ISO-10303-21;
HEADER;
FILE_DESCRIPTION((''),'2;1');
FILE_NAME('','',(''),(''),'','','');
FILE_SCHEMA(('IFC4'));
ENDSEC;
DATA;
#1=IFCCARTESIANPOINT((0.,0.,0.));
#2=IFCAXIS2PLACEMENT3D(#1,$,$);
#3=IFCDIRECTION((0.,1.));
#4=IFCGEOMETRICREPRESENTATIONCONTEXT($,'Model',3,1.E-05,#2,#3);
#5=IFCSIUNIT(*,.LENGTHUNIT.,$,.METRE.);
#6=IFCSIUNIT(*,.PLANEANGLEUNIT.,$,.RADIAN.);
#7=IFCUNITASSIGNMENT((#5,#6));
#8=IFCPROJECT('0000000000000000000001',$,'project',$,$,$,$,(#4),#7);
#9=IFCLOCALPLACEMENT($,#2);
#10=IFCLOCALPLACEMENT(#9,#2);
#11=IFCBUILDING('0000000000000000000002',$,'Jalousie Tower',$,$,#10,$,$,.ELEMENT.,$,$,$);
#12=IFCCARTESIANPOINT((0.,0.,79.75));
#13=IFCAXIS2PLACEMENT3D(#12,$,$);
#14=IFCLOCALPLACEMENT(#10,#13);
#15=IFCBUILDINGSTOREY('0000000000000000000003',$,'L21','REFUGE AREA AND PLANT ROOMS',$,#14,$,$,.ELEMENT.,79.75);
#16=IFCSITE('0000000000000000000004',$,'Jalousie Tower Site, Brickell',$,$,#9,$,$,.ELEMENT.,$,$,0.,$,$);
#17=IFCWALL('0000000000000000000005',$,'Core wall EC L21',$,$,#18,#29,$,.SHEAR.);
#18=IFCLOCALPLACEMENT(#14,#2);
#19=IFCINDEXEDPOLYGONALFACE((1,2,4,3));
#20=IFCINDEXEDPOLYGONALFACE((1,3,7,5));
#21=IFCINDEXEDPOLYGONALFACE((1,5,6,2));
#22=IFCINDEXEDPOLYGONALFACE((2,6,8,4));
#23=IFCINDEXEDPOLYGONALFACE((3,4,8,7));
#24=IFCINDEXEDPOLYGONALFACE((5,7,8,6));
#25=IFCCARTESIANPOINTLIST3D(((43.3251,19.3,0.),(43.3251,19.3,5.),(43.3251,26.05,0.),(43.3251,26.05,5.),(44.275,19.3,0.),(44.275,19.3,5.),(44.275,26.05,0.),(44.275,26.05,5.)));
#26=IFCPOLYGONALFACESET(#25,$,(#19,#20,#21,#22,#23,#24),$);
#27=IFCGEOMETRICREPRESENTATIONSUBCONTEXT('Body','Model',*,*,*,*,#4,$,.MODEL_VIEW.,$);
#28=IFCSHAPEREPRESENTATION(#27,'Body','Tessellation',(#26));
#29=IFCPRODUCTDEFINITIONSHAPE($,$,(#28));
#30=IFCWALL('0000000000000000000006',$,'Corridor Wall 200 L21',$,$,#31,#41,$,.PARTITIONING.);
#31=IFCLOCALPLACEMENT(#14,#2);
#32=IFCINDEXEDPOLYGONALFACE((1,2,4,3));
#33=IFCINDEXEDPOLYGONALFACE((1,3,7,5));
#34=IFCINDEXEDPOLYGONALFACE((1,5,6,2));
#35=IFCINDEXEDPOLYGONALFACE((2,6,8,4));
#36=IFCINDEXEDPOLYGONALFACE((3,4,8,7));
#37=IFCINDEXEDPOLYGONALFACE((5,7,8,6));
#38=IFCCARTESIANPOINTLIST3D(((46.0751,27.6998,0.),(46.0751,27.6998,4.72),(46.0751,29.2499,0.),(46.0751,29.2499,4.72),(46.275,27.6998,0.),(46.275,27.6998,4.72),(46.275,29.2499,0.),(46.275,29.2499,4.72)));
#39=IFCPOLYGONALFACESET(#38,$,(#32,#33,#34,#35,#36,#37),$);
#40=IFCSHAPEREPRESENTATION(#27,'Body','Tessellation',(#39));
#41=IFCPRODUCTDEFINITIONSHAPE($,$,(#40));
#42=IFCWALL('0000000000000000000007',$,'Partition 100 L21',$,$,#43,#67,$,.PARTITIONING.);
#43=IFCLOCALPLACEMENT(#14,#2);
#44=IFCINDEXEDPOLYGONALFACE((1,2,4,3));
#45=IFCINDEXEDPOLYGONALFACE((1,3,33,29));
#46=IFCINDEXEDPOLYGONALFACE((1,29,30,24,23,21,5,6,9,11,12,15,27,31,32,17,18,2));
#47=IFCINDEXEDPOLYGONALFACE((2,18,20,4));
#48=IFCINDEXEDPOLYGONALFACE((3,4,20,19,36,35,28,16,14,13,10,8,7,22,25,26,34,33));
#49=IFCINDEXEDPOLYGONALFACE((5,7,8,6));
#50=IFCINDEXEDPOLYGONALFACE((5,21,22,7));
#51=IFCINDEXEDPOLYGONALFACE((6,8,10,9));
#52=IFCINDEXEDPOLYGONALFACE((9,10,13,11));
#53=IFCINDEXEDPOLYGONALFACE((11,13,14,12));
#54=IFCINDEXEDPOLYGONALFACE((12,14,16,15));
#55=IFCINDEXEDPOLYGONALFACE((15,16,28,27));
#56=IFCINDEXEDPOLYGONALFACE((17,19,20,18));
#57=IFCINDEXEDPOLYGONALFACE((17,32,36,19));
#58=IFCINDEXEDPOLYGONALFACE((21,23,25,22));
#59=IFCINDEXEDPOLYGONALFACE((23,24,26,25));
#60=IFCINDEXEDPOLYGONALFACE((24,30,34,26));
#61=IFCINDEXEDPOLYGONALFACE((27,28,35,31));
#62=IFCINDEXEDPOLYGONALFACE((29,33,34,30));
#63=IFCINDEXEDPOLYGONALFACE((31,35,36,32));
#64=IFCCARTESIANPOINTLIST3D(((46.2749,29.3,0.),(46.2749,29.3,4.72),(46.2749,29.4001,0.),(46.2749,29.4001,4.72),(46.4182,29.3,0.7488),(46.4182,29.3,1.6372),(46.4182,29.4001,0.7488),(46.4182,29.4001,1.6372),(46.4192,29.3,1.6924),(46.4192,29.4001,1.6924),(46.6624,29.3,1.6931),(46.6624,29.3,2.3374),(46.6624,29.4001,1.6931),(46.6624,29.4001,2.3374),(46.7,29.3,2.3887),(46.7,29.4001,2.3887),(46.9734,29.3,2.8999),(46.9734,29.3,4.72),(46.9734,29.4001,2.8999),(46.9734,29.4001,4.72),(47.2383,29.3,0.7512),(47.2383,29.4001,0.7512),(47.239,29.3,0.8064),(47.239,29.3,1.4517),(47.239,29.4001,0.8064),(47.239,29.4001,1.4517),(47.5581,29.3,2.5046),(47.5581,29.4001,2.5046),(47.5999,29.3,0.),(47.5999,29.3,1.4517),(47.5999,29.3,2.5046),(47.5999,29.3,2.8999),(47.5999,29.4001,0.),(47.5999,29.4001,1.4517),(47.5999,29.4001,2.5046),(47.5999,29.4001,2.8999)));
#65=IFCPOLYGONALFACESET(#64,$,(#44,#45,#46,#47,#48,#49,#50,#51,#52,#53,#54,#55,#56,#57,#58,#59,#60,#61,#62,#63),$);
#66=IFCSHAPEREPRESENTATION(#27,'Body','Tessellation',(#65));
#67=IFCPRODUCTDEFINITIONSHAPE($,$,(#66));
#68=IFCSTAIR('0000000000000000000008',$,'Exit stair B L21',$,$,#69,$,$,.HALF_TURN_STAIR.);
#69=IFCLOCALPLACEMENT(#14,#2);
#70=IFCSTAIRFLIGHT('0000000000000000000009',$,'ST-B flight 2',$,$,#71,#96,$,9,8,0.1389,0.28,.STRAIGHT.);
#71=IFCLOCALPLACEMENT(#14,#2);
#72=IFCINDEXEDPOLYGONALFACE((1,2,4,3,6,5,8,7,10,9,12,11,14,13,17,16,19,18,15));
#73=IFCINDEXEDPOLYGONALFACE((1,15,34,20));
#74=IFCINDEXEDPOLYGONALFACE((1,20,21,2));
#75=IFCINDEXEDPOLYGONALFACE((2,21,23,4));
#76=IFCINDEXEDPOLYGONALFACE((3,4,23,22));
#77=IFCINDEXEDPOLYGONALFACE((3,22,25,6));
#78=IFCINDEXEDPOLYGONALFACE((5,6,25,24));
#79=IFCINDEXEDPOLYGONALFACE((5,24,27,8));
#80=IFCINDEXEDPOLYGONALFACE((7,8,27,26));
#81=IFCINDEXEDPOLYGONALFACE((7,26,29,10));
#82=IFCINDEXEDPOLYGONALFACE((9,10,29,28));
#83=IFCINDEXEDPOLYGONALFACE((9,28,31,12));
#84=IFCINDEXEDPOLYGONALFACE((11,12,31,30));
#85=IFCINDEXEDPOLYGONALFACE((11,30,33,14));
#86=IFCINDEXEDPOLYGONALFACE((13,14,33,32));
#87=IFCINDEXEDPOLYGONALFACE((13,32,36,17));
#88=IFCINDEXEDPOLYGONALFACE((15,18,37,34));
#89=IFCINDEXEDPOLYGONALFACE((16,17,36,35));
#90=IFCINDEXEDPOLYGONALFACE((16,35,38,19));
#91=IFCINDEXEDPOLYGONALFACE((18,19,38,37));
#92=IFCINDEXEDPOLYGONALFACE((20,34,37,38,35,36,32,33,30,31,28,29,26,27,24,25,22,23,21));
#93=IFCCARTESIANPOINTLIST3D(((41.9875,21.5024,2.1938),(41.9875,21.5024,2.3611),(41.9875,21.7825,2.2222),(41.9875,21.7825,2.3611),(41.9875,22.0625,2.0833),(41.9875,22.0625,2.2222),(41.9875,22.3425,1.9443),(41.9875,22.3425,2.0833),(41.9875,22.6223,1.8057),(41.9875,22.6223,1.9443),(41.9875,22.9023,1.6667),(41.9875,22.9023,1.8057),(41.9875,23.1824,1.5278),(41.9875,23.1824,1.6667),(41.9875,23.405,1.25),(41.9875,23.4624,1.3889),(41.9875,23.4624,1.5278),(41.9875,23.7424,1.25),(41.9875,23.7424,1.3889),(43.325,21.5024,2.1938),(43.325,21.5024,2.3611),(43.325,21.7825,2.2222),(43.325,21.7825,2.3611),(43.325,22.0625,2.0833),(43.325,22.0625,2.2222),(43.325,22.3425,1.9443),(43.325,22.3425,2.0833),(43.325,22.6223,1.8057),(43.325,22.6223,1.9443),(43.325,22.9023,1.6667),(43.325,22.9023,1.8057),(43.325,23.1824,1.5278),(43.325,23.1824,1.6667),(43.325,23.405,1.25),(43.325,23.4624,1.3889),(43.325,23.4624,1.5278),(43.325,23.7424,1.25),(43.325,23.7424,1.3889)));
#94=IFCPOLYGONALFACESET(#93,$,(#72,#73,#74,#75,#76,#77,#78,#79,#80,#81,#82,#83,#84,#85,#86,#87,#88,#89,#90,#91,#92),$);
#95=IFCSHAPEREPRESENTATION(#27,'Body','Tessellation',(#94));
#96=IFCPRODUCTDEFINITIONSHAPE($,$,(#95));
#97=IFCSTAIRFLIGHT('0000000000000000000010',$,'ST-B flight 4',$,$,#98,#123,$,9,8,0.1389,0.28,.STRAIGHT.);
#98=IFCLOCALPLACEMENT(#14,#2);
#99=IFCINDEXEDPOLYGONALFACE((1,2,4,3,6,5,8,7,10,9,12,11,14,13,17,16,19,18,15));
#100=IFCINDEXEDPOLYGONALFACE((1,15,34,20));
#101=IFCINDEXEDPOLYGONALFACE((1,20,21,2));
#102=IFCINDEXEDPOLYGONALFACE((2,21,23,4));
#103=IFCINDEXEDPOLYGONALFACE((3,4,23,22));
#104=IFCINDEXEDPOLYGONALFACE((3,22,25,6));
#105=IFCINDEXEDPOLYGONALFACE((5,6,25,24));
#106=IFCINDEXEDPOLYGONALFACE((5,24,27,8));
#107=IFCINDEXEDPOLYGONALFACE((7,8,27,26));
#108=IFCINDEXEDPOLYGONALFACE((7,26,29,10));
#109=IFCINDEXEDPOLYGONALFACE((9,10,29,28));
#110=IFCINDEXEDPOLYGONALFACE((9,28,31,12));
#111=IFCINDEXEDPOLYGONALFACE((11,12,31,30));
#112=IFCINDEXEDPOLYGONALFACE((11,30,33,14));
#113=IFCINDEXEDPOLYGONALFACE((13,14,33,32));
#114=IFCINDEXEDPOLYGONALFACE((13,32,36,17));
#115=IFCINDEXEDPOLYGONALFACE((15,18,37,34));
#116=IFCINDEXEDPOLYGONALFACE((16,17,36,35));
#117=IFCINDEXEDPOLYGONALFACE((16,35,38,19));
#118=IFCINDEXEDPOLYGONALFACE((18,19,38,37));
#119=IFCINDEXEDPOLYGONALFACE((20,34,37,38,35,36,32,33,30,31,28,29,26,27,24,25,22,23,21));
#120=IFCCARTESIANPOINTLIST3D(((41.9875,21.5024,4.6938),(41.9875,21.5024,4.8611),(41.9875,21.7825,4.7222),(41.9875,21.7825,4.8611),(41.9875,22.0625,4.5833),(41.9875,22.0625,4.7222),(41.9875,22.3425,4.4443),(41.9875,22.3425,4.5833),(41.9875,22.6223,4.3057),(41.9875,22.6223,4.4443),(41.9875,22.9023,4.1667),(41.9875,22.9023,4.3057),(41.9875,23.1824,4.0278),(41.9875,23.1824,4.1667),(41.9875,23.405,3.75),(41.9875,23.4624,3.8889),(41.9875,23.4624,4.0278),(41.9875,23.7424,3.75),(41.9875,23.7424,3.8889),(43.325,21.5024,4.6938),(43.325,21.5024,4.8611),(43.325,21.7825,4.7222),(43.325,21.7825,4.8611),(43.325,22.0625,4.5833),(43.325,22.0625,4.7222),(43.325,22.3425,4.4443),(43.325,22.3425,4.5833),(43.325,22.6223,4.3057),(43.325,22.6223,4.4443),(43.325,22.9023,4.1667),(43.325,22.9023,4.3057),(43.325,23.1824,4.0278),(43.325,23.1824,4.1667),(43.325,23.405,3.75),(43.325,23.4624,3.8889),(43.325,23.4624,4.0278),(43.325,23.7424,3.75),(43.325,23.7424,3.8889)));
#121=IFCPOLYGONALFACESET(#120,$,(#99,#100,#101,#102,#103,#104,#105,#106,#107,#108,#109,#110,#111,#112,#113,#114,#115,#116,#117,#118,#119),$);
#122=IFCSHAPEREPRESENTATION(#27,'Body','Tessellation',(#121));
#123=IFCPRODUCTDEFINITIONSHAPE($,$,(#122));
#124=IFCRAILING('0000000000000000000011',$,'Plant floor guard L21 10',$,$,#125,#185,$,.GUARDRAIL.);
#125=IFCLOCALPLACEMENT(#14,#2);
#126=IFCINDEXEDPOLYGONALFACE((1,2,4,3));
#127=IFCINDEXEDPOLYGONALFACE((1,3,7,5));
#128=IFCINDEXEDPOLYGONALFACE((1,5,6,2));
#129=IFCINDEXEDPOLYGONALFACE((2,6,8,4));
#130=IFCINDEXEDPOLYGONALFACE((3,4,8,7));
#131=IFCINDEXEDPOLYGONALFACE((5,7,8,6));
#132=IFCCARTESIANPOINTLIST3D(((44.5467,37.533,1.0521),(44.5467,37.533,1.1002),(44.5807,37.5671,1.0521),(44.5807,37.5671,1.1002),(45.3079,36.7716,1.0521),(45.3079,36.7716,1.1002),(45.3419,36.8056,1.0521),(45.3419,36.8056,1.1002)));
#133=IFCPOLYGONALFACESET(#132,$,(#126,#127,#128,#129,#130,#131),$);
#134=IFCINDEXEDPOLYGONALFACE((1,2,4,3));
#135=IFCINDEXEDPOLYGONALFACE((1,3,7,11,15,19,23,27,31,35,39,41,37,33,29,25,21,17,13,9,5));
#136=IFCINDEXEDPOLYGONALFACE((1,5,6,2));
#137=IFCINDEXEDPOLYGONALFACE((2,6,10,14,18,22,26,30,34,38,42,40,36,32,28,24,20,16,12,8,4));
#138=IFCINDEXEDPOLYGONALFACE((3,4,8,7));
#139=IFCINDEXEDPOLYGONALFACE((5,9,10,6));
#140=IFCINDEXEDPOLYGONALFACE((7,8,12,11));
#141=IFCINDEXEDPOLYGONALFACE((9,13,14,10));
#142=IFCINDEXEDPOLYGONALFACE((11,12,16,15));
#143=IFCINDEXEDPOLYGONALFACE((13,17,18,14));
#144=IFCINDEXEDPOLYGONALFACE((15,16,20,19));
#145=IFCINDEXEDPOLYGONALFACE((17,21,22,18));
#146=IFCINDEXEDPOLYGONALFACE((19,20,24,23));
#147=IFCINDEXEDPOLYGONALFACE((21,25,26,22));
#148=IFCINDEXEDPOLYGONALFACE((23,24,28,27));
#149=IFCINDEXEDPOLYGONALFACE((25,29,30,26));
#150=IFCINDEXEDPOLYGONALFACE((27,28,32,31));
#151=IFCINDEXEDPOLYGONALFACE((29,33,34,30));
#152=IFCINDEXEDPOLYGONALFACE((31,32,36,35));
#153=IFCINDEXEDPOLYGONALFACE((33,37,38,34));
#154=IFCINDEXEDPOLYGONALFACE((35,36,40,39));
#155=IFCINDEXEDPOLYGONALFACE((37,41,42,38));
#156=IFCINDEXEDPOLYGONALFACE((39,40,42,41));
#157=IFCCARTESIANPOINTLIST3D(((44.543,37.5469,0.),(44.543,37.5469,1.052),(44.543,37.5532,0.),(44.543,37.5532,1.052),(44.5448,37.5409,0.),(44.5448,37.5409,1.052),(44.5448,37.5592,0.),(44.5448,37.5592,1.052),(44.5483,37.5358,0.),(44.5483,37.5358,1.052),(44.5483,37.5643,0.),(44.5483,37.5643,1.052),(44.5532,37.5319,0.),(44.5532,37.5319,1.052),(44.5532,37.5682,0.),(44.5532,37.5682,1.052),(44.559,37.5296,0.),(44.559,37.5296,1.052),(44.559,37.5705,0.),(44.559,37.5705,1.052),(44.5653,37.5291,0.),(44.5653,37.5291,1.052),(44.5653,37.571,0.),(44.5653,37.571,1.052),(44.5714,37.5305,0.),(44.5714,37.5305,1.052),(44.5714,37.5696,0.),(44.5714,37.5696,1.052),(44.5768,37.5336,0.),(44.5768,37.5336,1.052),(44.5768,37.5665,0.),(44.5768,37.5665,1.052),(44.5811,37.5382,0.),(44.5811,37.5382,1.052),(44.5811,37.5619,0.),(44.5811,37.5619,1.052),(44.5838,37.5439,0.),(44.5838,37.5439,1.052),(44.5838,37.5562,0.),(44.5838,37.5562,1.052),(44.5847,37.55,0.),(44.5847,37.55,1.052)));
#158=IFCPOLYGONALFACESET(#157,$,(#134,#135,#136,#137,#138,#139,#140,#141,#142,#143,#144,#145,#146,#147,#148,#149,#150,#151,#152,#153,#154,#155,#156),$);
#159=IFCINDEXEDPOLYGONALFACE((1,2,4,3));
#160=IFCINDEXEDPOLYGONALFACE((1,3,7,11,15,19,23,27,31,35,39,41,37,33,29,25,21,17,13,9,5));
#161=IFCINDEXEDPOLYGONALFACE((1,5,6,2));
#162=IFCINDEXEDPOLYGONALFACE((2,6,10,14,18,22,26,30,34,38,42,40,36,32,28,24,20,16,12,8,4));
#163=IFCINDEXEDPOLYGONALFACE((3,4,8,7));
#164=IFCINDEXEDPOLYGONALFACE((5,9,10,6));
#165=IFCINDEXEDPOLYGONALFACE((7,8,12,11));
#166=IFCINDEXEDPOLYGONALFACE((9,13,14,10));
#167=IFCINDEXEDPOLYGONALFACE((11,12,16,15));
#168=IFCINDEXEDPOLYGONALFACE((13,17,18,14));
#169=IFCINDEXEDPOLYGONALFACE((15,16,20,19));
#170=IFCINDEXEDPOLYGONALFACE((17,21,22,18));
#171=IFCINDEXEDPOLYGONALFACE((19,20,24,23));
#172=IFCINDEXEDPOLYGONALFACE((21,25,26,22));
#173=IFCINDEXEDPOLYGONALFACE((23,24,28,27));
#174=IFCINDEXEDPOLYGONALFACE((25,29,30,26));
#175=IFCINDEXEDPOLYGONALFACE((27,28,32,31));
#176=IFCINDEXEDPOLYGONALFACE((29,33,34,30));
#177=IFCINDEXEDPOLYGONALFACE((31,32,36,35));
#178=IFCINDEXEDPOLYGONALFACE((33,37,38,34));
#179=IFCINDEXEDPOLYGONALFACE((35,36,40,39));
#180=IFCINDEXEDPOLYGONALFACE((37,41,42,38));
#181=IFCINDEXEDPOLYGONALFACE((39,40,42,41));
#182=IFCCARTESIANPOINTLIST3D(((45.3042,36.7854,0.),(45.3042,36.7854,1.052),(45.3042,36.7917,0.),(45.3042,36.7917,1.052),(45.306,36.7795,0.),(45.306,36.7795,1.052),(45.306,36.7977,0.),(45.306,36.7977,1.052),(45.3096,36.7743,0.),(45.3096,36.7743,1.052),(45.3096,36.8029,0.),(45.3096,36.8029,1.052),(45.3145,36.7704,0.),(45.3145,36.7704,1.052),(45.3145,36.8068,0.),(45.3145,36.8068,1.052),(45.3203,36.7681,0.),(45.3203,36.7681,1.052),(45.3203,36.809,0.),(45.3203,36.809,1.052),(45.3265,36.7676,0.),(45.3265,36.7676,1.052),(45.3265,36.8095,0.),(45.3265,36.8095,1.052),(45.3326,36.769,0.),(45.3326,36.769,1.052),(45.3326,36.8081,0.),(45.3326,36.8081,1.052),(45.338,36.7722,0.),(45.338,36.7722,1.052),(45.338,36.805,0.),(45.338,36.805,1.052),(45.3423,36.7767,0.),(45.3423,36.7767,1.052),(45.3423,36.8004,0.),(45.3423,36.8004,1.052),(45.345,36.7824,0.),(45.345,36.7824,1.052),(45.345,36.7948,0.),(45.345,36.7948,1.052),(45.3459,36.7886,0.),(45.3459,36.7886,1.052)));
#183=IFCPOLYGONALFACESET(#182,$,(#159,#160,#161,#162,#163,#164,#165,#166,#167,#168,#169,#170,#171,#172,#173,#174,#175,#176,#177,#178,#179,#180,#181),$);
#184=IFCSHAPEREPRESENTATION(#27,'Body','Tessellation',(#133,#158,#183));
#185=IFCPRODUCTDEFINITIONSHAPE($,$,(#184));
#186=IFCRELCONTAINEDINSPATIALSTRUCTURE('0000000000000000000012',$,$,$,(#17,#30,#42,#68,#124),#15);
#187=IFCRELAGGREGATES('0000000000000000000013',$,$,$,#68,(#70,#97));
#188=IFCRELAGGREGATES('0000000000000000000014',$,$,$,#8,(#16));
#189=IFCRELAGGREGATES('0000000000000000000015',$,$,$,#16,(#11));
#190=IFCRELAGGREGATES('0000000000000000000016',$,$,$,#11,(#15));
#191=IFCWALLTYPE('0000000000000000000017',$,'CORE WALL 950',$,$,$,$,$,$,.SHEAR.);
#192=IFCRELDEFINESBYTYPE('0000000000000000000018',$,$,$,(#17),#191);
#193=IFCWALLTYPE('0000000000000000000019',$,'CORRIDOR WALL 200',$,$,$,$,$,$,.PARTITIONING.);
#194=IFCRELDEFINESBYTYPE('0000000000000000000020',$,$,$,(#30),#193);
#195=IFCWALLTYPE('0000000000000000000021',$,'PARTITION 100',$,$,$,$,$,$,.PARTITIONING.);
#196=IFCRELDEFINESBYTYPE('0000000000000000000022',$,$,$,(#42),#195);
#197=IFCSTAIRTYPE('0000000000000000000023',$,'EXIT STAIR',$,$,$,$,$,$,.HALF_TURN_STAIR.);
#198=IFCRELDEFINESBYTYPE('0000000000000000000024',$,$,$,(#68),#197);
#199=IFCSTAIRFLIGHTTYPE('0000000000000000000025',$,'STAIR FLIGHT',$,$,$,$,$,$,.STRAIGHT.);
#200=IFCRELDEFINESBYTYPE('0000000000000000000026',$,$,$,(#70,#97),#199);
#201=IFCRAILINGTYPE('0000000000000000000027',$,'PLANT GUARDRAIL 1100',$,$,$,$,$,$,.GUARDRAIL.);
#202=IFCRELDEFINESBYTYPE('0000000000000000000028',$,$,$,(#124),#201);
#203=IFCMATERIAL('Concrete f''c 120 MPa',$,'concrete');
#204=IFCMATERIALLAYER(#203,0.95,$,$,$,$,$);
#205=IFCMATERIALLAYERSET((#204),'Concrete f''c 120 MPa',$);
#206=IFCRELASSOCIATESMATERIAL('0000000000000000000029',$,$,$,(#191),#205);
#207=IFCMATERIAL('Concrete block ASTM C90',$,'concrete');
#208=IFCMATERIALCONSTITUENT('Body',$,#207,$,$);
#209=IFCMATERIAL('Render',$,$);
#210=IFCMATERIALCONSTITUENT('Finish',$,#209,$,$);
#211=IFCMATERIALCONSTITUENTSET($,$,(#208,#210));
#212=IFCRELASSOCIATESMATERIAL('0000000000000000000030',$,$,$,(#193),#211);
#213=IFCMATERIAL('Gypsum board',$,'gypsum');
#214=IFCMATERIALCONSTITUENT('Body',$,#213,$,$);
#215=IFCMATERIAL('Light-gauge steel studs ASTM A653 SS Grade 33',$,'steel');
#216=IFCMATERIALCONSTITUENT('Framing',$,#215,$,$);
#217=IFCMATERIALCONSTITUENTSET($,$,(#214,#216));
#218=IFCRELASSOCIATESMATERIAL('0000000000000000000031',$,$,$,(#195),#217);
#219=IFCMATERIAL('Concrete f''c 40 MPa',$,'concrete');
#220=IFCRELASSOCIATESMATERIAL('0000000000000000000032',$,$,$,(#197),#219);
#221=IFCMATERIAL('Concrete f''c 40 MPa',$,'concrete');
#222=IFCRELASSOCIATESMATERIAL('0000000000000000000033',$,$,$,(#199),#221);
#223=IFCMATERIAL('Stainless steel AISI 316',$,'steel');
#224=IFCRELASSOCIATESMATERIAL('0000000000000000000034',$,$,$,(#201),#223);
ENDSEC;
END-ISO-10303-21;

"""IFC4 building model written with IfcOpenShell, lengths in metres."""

from ifc_helpers import new_model, si_unit, direction, frame, frame_2d, origin, origin_2d, place, context, subcontext, project, spatial, polyline, rectangle, circle, outline, extrude, material, layer, layer_set, constituent, constituent_set, type_object, element, aggregate, save


model = new_model("IFC4")

# Units and contexts
model_context = context("Model", 3, precision=1e-05, world=origin(), true_north=direction((0.0, 1.0)))
body_context = subcontext(model_context, "Body", "Model", "MODEL_VIEW")
ifc_project = project(units=[si_unit("LENGTHUNIT", "METRE"), si_unit("PLANEANGLEUNIT", "RADIAN")], contexts=[model_context])

# Site, building, storey
site_placement = place(None, origin())
site = spatial("IfcSite", under=ifc_project, at=site_placement, Name="Jalousie Tower Site, Brickell", CompositionType="ELEMENT", RefElevation=0.0)
building_placement = place(site_placement, origin())
building = spatial("IfcBuilding", under=site, at=building_placement, Name="Jalousie Tower", CompositionType="ELEMENT")
storey_placement = place(building_placement, frame((0.0, 0.0, 79.75)))
storey = spatial("IfcBuildingStorey", under=building, at=storey_placement, Name="L21", Description="REFUGE AREA AND PLANT ROOMS", CompositionType="ELEMENT", Elevation=79.75)

# Walls
ifc_material_1 = material(Name="Concrete f'c 120 MPa", Category="concrete")
ifc_layer_1 = layer(ifc_material_1, 0.95)
ifc_layer_set_1 = layer_set([ifc_layer_1], Name="Concrete f'c 120 MPa")
wall_type_1 = type_object("IfcWallType", Name="CORE WALL 950", PredefinedType="SHEAR", material=ifc_layer_set_1)
wall_1_placement = place(storey_placement, frame((43.8, 19.3, 0.0), z_axis=(0.0, 0.0, 1.0), x_axis=(0.0, 1.0, 0.0)))
element("IfcWall", 1, at=wall_1_placement, inside=storey, type_object=wall_type_1, Name="Core wall EC L21", PredefinedType="SHEAR", context=body_context, shape_type="SweptSolid", body=[
    extrude(rectangle(XDim=6.75, YDim=0.95, at=frame_2d((3.375, 0.0))), origin(), (0.0, 0.0, 1.0), 5.0),
])
ifc_material_2 = material(Name="Concrete block ASTM C90", Category="concrete")
ifc_constituent_1 = constituent(ifc_material_2, Name="Body")
ifc_material_3 = material(Name="Render")
ifc_constituent_2 = constituent(ifc_material_3, Name="Finish")
ifc_constituent_set_1 = constituent_set(constituents=[ifc_constituent_1, ifc_constituent_2])
wall_type_2 = type_object("IfcWallType", Name="CORRIDOR WALL 200", PredefinedType="PARTITIONING", material=ifc_constituent_set_1)
wall_2_placement = place(storey_placement, frame((46.175, 27.7, 0.0), z_axis=(0.0, 0.0, 1.0), x_axis=(0.0, 1.0, 0.0)))
element("IfcWall", 2, at=wall_2_placement, inside=storey, type_object=wall_type_2, Name="Corridor Wall 200 L21", PredefinedType="PARTITIONING", context=body_context, shape_type="SweptSolid", body=[
    extrude(rectangle(XDim=1.55, YDim=0.2, at=frame_2d((0.7749, 0.0))), origin(), (0.0, 0.0, 1.0), 4.72),
])
ifc_material_4 = material(Name="Gypsum board", Category="gypsum")
ifc_constituent_3 = constituent(ifc_material_4, Name="Body")
ifc_material_5 = material(Name="Light-gauge steel studs ASTM A653 SS Grade 33", Category="steel")
ifc_constituent_4 = constituent(ifc_material_5, Name="Framing")
ifc_constituent_set_2 = constituent_set(constituents=[ifc_constituent_3, ifc_constituent_4])
wall_type_3 = type_object("IfcWallType", Name="PARTITION 100", PredefinedType="PARTITIONING", material=ifc_constituent_set_2)
wall_3_placement = place(storey_placement, frame((46.2749, 29.3501, 0.0), z_axis=(0.0, 0.0, 1.0), x_axis=(1.0, 0.0, 0.0)))
element("IfcWall", 3, at=wall_3_placement, inside=storey, type_object=wall_type_3, Name="Partition 100 L21", PredefinedType="PARTITIONING", context=body_context, shape_type="SweptSolid", body=[
    extrude(outline(polyline([(0.6985, 4.72), (0.0, 4.72), (0.0, 0.0), (1.325, 0.0), (1.325, 1.4517), (0.9641, 1.4517), (0.9641, 0.8064), (0.9634, 0.7512), (0.1433, 0.7488), (0.1433, 1.6372), (0.1443, 1.6924), (0.3875, 1.6931), (0.3875, 2.3374), (0.425, 2.3887), (1.2832, 2.5046), (1.325, 2.5046), (1.325, 2.8999), (0.6985, 2.8999), (0.6985, 4.72)])), frame((0.0, 0.05, 0.0), z_axis=(0.0, -1.0, 0.0), x_axis=(1.0, 0.0, 0.0)), (0.0, 0.0, 1.0), 0.1001),
])

# Stair, stair flights
ifc_material_6 = material(Name="Concrete f'c 40 MPa", Category="concrete")
stair_type = type_object("IfcStairType", Name="EXIT STAIR", PredefinedType="HALF_TURN_STAIR", material=ifc_material_6)
stair_placement = place(storey_placement, origin())
stair = element("IfcStair", 4, at=stair_placement, inside=storey, type_object=stair_type, Name="Exit stair B L21", PredefinedType="HALF_TURN_STAIR")
ifc_material_7 = material(Name="Concrete f'c 40 MPa", Category="concrete")
stair_flight_type = type_object("IfcStairFlightType", Name="STAIR FLIGHT", PredefinedType="STRAIGHT", material=ifc_material_7)
stair_flight_1_placement = place(storey_placement, frame((42.6562, 23.7424, 1.25), z_axis=(0.0, 0.0, 1.0), x_axis=(0.0, -1.0, 0.0)))
stair_flight_1 = element("IfcStairFlight", 5, at=stair_flight_1_placement, type_object=stair_flight_type, Name="ST-B flight 2", NumberOfRisers=9, NumberOfTreads=8, PredefinedType="STRAIGHT", RiserHeight=0.1389, TreadLength=0.28, context=body_context, shape_type="SweptSolid", body=[
    extrude(outline(polyline([(0.0, 0.0), (0.0, 0.1389), (0.28, 0.1389), (0.28, 0.2778), (0.5601, 0.2778), (0.5601, 0.4167), (0.8401, 0.4167), (0.8401, 0.5557), (1.1201, 0.5557), (1.1201, 0.6943), (1.3999, 0.6943), (1.3999, 0.8333), (1.6799, 0.8333), (1.6799, 0.9722), (1.96, 0.9722), (1.96, 1.1111), (2.24, 1.1111), (2.24, 1.25), (2.24, 0.9438), (0.3374, 0.0), (0.0, 0.0)])), frame((0.0, 0.6687, 0.0), z_axis=(0.0, -1.0, 0.0), x_axis=(1.0, 0.0, 0.0)), (0.0, 0.0, 1.0), 1.3374),
])
stair_flight_2_placement = place(storey_placement, frame((42.6562, 23.7424, 3.75), z_axis=(0.0, 0.0, 1.0), x_axis=(0.0, -1.0, 0.0)))
stair_flight_2 = element("IfcStairFlight", 6, at=stair_flight_2_placement, type_object=stair_flight_type, Name="ST-B flight 4", NumberOfRisers=9, NumberOfTreads=8, PredefinedType="STRAIGHT", RiserHeight=0.1389, TreadLength=0.28, context=body_context, shape_type="SweptSolid", body=[
    extrude(outline(polyline([(0.0, 0.0), (0.0, 0.1389), (0.28, 0.1389), (0.28, 0.2778), (0.5601, 0.2778), (0.5601, 0.4167), (0.8401, 0.4167), (0.8401, 0.5557), (1.1201, 0.5557), (1.1201, 0.6943), (1.3999, 0.6943), (1.3999, 0.8333), (1.6799, 0.8333), (1.6799, 0.9722), (1.96, 0.9722), (1.96, 1.1111), (2.24, 1.1111), (2.24, 1.25), (2.24, 0.9438), (0.3374, 0.0), (0.0, 0.0)])), frame((0.0, 0.6687, 0.0), z_axis=(0.0, -1.0, 0.0), x_axis=(1.0, 0.0, 0.0)), (0.0, 0.0, 1.0), 1.3374),
])
aggregate(stair, [stair_flight_1, stair_flight_2])

# Railing
ifc_material_8 = material(Name="Stainless steel AISI 316", Category="steel")
railing_type_1 = type_object("IfcRailingType", Name="PLANT GUARDRAIL 1100", PredefinedType="GUARDRAIL", material=ifc_material_8)
railing_1_placement = place(storey_placement, frame((44.5637, 37.55, 0.0)))
element("IfcRailing", 7, at=railing_1_placement, inside=storey, type_object=railing_type_1, Name="Plant floor guard L21 10", PredefinedType="GUARDRAIL", context=body_context, shape_type="SweptSolid", body=[
    extrude(rectangle(XDim=0.0481, YDim=0.0481, at=origin_2d()), frame((0.0, 0.0, 1.0762), z_axis=(0.706993, -0.70722, 0.0), x_axis=(0.70722, 0.706993, 0.0)), (0.0, 0.0, 1.0), 1.0767),
    extrude(circle(Radius=0.021, at=origin_2d()), origin(), (0.0, 0.0, 1.0), 1.052),
    extrude(circle(Radius=0.021, at=origin_2d()), frame((0.7612, -0.7615, 0.0)), (0.0, 0.0, 1.0), 1.052),
])

save(model, "model.ifc")
